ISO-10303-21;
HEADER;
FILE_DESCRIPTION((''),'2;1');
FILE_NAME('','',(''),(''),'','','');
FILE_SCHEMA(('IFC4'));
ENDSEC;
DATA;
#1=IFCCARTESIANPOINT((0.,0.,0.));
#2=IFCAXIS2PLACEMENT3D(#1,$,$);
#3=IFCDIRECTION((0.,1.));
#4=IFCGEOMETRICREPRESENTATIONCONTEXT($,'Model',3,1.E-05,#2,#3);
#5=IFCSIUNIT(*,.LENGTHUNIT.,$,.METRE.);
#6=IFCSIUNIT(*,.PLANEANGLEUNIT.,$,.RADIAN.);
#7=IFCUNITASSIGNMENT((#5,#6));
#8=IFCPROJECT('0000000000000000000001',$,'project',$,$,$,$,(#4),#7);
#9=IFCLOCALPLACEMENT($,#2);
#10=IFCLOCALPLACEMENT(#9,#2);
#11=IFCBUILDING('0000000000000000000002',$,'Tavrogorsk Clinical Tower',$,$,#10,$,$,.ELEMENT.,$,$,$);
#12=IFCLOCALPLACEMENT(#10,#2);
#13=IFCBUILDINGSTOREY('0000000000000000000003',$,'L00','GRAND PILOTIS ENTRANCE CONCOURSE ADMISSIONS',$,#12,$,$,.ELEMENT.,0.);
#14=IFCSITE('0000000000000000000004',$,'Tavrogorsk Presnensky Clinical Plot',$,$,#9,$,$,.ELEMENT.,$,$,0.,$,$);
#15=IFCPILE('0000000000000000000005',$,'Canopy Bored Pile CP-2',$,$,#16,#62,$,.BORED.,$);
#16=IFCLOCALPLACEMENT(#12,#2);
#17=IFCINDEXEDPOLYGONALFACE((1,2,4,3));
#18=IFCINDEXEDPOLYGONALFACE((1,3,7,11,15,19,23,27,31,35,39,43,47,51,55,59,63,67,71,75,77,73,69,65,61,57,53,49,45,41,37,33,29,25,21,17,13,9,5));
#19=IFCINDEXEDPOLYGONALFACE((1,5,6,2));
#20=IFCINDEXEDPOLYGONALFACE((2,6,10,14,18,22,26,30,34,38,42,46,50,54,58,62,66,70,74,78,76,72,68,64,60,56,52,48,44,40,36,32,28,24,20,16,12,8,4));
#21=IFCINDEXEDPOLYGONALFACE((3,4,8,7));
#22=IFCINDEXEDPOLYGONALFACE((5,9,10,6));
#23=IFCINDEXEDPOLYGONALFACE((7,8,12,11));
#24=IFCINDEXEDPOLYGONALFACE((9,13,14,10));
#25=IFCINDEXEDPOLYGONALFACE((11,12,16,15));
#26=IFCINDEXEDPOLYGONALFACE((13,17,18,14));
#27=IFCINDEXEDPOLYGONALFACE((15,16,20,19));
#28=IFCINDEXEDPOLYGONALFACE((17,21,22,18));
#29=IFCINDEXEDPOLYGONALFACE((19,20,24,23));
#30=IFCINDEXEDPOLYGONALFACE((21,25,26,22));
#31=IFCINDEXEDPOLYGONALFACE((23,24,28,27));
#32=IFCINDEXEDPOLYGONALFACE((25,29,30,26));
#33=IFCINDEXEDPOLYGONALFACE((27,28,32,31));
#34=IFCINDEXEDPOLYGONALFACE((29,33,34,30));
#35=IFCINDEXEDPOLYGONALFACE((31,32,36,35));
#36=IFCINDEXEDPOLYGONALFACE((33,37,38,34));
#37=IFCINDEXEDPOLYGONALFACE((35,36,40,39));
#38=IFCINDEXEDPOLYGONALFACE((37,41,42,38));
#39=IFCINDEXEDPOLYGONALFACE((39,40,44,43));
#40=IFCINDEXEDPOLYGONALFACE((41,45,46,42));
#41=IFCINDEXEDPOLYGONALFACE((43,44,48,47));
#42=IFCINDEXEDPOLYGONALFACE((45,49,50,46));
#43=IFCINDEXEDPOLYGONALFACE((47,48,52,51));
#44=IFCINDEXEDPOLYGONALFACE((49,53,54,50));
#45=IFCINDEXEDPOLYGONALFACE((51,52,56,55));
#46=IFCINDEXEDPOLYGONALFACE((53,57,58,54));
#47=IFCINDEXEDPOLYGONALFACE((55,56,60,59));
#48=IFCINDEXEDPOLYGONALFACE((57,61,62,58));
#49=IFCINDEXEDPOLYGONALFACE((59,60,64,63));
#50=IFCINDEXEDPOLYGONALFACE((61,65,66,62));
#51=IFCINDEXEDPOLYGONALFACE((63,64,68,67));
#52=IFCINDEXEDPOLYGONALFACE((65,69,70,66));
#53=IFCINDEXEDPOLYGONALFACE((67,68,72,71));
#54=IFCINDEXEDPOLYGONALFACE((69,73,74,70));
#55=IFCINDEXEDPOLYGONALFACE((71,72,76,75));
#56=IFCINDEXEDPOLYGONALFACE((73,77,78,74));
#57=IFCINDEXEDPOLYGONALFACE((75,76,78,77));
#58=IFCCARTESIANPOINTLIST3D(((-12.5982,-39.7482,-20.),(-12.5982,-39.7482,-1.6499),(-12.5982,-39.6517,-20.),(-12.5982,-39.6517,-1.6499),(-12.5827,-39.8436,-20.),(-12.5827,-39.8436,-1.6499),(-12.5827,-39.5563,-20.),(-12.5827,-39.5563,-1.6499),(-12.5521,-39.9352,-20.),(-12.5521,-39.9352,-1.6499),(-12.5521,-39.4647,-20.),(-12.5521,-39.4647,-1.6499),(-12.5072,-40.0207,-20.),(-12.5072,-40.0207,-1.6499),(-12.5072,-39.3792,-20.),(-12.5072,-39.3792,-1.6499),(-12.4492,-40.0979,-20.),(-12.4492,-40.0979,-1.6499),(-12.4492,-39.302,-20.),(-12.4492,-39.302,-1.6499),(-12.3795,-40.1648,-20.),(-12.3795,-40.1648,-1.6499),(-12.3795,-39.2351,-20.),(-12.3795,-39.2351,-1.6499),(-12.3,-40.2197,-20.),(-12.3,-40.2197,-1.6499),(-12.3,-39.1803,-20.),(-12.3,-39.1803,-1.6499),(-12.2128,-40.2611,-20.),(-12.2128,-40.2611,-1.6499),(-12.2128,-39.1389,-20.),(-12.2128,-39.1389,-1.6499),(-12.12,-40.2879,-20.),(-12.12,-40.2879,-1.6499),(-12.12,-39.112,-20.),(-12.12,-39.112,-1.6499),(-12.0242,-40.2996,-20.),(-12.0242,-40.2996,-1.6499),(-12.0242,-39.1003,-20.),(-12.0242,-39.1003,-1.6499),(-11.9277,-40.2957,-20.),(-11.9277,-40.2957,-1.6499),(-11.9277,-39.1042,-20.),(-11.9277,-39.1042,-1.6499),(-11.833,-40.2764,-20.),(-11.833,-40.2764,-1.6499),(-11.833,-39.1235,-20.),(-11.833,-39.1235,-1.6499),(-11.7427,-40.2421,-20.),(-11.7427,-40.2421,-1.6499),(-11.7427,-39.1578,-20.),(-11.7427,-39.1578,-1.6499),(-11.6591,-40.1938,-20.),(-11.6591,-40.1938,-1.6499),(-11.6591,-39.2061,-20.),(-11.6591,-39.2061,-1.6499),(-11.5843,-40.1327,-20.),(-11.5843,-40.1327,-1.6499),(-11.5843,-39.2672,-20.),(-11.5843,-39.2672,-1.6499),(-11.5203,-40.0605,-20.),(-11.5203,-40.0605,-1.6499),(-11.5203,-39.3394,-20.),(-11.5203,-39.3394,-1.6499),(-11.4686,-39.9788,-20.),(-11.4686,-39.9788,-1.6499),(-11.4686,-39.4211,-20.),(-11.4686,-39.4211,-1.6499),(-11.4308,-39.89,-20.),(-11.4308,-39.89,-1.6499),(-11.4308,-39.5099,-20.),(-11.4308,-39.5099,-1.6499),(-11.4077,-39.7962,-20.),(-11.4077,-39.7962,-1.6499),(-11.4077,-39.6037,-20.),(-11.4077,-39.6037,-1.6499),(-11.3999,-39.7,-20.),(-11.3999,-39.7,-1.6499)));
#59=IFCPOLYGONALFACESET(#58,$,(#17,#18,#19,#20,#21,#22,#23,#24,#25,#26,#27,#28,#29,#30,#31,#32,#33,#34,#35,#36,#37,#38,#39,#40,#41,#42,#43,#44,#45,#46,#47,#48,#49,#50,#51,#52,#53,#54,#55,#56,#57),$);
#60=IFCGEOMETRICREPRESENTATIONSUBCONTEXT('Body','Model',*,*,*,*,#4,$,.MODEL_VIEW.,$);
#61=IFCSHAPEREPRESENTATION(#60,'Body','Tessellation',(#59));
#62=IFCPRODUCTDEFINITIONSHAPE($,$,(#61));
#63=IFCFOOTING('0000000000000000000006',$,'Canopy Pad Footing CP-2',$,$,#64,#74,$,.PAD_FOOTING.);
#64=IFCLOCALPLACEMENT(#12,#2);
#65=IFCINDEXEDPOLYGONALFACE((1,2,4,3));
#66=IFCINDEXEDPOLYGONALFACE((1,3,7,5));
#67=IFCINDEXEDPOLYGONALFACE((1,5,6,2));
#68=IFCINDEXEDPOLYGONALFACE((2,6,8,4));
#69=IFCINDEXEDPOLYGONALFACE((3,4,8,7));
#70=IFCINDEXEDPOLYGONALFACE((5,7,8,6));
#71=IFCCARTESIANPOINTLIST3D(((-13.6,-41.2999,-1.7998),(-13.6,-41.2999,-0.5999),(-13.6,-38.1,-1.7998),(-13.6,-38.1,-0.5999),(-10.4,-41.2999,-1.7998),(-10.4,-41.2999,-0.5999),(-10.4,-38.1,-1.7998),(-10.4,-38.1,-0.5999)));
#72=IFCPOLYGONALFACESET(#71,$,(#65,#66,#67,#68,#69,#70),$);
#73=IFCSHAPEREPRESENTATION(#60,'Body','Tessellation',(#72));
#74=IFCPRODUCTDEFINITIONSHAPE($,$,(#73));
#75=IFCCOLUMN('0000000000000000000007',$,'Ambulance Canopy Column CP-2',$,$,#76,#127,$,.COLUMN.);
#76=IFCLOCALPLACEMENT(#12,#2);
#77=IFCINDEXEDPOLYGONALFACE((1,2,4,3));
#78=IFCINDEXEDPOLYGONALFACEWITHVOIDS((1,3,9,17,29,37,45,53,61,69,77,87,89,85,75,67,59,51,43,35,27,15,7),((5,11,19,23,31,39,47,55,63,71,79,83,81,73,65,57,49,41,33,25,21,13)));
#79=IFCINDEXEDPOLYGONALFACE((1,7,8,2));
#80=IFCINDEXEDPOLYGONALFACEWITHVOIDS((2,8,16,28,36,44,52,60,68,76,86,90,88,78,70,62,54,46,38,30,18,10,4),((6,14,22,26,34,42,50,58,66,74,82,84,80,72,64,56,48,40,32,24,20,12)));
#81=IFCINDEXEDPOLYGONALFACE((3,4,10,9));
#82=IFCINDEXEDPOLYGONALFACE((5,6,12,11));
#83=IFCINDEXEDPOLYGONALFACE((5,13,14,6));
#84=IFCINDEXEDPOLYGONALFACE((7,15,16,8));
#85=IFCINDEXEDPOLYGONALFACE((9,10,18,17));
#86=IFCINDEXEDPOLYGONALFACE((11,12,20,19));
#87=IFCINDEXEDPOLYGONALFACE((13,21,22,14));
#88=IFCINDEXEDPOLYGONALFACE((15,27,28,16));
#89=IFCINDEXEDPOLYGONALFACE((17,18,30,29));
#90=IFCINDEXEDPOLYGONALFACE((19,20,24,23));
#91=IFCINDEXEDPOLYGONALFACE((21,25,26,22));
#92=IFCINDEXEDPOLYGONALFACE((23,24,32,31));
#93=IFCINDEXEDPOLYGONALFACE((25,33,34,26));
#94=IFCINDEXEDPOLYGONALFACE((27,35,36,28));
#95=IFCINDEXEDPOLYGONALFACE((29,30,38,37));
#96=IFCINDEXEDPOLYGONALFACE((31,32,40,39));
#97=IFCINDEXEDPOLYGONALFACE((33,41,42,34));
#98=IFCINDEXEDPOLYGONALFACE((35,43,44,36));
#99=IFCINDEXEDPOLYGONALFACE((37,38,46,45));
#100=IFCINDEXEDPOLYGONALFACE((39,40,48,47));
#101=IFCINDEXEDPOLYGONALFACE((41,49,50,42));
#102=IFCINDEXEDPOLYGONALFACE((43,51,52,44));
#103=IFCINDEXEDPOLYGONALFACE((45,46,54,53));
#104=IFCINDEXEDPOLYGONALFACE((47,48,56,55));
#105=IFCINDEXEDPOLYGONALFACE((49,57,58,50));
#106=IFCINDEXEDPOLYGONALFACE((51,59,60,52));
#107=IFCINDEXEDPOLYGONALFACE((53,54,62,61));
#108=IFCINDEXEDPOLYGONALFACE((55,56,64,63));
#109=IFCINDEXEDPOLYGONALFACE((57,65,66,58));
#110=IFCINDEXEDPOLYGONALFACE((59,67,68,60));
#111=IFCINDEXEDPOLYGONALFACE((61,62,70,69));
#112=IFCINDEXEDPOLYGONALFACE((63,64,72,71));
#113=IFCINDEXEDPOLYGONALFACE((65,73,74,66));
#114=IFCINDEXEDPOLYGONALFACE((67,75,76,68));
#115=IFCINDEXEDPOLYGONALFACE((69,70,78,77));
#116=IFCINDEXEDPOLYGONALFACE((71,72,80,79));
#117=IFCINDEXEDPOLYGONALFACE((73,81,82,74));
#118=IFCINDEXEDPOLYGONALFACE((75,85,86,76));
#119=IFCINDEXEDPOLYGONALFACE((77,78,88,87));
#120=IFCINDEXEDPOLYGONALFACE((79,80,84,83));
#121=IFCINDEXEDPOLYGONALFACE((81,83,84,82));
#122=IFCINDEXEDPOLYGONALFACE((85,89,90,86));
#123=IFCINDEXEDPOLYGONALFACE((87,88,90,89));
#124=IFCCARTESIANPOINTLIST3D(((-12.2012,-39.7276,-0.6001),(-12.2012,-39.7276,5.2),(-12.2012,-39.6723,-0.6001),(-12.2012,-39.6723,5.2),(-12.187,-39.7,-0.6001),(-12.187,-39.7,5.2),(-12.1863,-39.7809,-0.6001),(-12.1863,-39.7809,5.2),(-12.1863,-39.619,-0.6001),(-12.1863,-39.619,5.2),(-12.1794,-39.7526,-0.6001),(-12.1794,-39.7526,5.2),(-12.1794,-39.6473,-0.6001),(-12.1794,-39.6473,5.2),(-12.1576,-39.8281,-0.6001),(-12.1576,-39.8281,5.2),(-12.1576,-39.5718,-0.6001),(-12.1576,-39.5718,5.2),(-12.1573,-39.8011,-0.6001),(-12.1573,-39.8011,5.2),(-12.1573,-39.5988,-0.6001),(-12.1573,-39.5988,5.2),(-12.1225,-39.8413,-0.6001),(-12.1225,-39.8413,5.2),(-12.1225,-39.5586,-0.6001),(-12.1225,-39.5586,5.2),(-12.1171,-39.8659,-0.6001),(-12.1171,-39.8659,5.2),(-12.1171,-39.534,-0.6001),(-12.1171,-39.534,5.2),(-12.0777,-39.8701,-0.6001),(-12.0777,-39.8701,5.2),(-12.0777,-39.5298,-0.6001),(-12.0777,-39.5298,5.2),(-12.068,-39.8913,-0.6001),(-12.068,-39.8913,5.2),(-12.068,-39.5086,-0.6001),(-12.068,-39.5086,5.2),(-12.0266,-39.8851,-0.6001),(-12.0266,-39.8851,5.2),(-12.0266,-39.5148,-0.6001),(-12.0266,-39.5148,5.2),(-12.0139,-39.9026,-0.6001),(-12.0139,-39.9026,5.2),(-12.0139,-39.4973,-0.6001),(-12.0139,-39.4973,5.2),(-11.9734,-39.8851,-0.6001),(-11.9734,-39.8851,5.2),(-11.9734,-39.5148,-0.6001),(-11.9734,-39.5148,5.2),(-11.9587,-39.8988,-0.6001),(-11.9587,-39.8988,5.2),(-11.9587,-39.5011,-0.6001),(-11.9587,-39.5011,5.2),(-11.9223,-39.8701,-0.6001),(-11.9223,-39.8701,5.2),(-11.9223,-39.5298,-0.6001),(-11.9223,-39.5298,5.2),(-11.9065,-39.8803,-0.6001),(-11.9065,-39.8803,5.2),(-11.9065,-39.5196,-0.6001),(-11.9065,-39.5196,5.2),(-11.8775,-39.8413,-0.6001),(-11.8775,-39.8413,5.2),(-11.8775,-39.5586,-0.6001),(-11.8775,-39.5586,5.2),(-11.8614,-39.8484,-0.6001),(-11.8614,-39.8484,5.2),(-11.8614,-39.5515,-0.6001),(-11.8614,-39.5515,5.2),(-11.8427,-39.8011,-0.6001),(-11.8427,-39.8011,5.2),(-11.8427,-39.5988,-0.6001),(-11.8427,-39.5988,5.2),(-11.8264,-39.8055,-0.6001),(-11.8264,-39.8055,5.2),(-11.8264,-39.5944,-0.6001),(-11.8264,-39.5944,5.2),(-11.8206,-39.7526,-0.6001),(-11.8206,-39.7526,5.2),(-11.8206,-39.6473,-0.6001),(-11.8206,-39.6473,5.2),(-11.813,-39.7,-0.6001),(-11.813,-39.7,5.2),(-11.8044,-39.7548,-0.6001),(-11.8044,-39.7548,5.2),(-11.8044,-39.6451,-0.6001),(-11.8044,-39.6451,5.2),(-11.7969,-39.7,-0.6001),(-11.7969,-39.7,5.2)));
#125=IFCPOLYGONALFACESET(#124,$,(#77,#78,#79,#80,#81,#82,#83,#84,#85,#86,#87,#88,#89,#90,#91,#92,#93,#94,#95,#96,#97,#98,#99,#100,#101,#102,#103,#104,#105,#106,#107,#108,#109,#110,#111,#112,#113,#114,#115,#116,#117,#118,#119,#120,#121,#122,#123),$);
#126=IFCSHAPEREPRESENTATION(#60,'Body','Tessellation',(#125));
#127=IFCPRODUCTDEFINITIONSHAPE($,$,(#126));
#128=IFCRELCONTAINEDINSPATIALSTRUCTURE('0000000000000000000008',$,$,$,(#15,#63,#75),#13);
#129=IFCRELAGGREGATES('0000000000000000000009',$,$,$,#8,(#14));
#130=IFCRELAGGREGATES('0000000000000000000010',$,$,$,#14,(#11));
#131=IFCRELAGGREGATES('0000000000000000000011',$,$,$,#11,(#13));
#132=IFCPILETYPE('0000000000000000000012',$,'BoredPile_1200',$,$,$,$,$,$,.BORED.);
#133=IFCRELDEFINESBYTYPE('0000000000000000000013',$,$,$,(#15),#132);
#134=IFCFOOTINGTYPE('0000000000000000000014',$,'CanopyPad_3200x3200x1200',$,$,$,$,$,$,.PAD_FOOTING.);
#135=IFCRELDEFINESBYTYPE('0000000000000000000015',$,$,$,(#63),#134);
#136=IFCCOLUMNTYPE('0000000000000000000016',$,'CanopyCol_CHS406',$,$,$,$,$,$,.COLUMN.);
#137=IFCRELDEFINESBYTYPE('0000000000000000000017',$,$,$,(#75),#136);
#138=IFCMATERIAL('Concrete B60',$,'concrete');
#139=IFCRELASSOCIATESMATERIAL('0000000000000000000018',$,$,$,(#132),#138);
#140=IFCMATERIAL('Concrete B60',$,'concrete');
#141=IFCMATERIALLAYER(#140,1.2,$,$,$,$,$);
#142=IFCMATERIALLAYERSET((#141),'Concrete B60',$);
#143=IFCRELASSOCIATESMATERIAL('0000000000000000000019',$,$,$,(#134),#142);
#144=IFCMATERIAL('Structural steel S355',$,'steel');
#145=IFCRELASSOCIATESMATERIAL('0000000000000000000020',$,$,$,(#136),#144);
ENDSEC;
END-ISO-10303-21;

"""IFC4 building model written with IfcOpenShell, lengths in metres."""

from ifc_helpers import new_model, si_unit, direction, frame, origin, origin_2d, place, context, subcontext, project, spatial, rectangle, circle, hollow_circle, extrude, material, layer, layer_set, material_profile, profile_set, type_object, element, save


model = new_model("IFC4")

# Units and contexts
model_context = context("Model", 3, precision=1e-05, world=origin(), true_north=direction((0.0, 1.0)))
body_context = subcontext(model_context, "Body", "Model", "MODEL_VIEW")
ifc_project = project(units=[si_unit("LENGTHUNIT", "METRE"), si_unit("PLANEANGLEUNIT", "RADIAN")], contexts=[model_context])

# Site, building, storey
site_placement = place(None, origin())
site = spatial("IfcSite", under=ifc_project, at=site_placement, Name="Tavrogorsk Presnensky Clinical Plot", CompositionType="ELEMENT", RefElevation=0.0)
building_placement = place(site_placement, origin())
building = spatial("IfcBuilding", under=site, at=building_placement, Name="Tavrogorsk Clinical Tower", CompositionType="ELEMENT")
storey_placement = place(building_placement, origin())
storey = spatial("IfcBuildingStorey", under=building, at=storey_placement, Name="L00", Description="GRAND PILOTIS ENTRANCE CONCOURSE ADMISSIONS", CompositionType="ELEMENT", Elevation=0.0)

# Pile
ifc_material_1 = material(Name="Concrete B60", Category="concrete")
ifc_material_profile_1 = material_profile(ifc_material_1, circle(Radius=0.6001, at=origin_2d()), Name="BORED-PILE-1200")
ifc_profile_set_1 = profile_set([ifc_material_profile_1], Name="Concrete B60")
pile_type = type_object("IfcPileType", Name="BoredPile_1200", PredefinedType="BORED", material=ifc_profile_set_1)
pile_placement = place(storey_placement, frame((-12.0, -39.7, -1.6499), z_axis=(0.0, 0.0, -1.0), x_axis=(1.0, 0.0, 0.0)))
element("IfcPile", 1, at=pile_placement, inside=storey, type_object=pile_type, Name="Canopy Bored Pile CP-2", PredefinedType="BORED", context=body_context, shape_type="SweptSolid", body=[
    extrude(circle(Radius=0.6001, at=origin_2d()), origin(), (0.0, 0.0, 1.0), 18.3501),
])

# Footing
ifc_material_2 = material(Name="Concrete B60", Category="concrete")
ifc_layer_1 = layer(ifc_material_2, 1.2)
ifc_layer_set_1 = layer_set([ifc_layer_1], Name="Concrete B60")
footing_type = type_object("IfcFootingType", Name="CanopyPad_3200x3200x1200", PredefinedType="PAD_FOOTING", material=ifc_layer_set_1)
footing_placement = place(storey_placement, frame((-12.0, -39.7, -1.7998), z_axis=(0.0, 0.0, 1.0), x_axis=(1.0, 0.0, 0.0)))
element("IfcFooting", 2, at=footing_placement, inside=storey, type_object=footing_type, Name="Canopy Pad Footing CP-2", PredefinedType="PAD_FOOTING", context=body_context, shape_type="SweptSolid", body=[
    extrude(rectangle(XDim=3.2, YDim=3.2, at=origin_2d()), origin(), (0.0, 0.0, 1.0), 1.2),
])

# Column
ifc_material_3 = material(Name="Structural steel S355", Category="steel")
ifc_material_profile_2 = material_profile(ifc_material_3, hollow_circle(Radius=0.2031, WallThickness=0.0161, at=origin_2d()), Name="CHS-406.4x16")
ifc_profile_set_2 = profile_set([ifc_material_profile_2], Name="Structural steel S355")
column_type_1 = type_object("IfcColumnType", Name="CanopyCol_CHS406", PredefinedType="COLUMN", material=ifc_profile_set_2)
column_placement = place(storey_placement, frame((-12.0, -39.7, -0.6001), z_axis=(0.0, 0.0, 1.0), x_axis=(1.0, 0.0, 0.0)))
element("IfcColumn", 3, at=column_placement, inside=storey, type_object=column_type_1, Name="Ambulance Canopy Column CP-2", PredefinedType="COLUMN", context=body_context, shape_type="SweptSolid", body=[
    extrude(hollow_circle(Radius=0.2031, WallThickness=0.0161, at=origin_2d()), origin(), (0.0, 0.0, 1.0), 5.8),
])

save(model, "model.ifc")
